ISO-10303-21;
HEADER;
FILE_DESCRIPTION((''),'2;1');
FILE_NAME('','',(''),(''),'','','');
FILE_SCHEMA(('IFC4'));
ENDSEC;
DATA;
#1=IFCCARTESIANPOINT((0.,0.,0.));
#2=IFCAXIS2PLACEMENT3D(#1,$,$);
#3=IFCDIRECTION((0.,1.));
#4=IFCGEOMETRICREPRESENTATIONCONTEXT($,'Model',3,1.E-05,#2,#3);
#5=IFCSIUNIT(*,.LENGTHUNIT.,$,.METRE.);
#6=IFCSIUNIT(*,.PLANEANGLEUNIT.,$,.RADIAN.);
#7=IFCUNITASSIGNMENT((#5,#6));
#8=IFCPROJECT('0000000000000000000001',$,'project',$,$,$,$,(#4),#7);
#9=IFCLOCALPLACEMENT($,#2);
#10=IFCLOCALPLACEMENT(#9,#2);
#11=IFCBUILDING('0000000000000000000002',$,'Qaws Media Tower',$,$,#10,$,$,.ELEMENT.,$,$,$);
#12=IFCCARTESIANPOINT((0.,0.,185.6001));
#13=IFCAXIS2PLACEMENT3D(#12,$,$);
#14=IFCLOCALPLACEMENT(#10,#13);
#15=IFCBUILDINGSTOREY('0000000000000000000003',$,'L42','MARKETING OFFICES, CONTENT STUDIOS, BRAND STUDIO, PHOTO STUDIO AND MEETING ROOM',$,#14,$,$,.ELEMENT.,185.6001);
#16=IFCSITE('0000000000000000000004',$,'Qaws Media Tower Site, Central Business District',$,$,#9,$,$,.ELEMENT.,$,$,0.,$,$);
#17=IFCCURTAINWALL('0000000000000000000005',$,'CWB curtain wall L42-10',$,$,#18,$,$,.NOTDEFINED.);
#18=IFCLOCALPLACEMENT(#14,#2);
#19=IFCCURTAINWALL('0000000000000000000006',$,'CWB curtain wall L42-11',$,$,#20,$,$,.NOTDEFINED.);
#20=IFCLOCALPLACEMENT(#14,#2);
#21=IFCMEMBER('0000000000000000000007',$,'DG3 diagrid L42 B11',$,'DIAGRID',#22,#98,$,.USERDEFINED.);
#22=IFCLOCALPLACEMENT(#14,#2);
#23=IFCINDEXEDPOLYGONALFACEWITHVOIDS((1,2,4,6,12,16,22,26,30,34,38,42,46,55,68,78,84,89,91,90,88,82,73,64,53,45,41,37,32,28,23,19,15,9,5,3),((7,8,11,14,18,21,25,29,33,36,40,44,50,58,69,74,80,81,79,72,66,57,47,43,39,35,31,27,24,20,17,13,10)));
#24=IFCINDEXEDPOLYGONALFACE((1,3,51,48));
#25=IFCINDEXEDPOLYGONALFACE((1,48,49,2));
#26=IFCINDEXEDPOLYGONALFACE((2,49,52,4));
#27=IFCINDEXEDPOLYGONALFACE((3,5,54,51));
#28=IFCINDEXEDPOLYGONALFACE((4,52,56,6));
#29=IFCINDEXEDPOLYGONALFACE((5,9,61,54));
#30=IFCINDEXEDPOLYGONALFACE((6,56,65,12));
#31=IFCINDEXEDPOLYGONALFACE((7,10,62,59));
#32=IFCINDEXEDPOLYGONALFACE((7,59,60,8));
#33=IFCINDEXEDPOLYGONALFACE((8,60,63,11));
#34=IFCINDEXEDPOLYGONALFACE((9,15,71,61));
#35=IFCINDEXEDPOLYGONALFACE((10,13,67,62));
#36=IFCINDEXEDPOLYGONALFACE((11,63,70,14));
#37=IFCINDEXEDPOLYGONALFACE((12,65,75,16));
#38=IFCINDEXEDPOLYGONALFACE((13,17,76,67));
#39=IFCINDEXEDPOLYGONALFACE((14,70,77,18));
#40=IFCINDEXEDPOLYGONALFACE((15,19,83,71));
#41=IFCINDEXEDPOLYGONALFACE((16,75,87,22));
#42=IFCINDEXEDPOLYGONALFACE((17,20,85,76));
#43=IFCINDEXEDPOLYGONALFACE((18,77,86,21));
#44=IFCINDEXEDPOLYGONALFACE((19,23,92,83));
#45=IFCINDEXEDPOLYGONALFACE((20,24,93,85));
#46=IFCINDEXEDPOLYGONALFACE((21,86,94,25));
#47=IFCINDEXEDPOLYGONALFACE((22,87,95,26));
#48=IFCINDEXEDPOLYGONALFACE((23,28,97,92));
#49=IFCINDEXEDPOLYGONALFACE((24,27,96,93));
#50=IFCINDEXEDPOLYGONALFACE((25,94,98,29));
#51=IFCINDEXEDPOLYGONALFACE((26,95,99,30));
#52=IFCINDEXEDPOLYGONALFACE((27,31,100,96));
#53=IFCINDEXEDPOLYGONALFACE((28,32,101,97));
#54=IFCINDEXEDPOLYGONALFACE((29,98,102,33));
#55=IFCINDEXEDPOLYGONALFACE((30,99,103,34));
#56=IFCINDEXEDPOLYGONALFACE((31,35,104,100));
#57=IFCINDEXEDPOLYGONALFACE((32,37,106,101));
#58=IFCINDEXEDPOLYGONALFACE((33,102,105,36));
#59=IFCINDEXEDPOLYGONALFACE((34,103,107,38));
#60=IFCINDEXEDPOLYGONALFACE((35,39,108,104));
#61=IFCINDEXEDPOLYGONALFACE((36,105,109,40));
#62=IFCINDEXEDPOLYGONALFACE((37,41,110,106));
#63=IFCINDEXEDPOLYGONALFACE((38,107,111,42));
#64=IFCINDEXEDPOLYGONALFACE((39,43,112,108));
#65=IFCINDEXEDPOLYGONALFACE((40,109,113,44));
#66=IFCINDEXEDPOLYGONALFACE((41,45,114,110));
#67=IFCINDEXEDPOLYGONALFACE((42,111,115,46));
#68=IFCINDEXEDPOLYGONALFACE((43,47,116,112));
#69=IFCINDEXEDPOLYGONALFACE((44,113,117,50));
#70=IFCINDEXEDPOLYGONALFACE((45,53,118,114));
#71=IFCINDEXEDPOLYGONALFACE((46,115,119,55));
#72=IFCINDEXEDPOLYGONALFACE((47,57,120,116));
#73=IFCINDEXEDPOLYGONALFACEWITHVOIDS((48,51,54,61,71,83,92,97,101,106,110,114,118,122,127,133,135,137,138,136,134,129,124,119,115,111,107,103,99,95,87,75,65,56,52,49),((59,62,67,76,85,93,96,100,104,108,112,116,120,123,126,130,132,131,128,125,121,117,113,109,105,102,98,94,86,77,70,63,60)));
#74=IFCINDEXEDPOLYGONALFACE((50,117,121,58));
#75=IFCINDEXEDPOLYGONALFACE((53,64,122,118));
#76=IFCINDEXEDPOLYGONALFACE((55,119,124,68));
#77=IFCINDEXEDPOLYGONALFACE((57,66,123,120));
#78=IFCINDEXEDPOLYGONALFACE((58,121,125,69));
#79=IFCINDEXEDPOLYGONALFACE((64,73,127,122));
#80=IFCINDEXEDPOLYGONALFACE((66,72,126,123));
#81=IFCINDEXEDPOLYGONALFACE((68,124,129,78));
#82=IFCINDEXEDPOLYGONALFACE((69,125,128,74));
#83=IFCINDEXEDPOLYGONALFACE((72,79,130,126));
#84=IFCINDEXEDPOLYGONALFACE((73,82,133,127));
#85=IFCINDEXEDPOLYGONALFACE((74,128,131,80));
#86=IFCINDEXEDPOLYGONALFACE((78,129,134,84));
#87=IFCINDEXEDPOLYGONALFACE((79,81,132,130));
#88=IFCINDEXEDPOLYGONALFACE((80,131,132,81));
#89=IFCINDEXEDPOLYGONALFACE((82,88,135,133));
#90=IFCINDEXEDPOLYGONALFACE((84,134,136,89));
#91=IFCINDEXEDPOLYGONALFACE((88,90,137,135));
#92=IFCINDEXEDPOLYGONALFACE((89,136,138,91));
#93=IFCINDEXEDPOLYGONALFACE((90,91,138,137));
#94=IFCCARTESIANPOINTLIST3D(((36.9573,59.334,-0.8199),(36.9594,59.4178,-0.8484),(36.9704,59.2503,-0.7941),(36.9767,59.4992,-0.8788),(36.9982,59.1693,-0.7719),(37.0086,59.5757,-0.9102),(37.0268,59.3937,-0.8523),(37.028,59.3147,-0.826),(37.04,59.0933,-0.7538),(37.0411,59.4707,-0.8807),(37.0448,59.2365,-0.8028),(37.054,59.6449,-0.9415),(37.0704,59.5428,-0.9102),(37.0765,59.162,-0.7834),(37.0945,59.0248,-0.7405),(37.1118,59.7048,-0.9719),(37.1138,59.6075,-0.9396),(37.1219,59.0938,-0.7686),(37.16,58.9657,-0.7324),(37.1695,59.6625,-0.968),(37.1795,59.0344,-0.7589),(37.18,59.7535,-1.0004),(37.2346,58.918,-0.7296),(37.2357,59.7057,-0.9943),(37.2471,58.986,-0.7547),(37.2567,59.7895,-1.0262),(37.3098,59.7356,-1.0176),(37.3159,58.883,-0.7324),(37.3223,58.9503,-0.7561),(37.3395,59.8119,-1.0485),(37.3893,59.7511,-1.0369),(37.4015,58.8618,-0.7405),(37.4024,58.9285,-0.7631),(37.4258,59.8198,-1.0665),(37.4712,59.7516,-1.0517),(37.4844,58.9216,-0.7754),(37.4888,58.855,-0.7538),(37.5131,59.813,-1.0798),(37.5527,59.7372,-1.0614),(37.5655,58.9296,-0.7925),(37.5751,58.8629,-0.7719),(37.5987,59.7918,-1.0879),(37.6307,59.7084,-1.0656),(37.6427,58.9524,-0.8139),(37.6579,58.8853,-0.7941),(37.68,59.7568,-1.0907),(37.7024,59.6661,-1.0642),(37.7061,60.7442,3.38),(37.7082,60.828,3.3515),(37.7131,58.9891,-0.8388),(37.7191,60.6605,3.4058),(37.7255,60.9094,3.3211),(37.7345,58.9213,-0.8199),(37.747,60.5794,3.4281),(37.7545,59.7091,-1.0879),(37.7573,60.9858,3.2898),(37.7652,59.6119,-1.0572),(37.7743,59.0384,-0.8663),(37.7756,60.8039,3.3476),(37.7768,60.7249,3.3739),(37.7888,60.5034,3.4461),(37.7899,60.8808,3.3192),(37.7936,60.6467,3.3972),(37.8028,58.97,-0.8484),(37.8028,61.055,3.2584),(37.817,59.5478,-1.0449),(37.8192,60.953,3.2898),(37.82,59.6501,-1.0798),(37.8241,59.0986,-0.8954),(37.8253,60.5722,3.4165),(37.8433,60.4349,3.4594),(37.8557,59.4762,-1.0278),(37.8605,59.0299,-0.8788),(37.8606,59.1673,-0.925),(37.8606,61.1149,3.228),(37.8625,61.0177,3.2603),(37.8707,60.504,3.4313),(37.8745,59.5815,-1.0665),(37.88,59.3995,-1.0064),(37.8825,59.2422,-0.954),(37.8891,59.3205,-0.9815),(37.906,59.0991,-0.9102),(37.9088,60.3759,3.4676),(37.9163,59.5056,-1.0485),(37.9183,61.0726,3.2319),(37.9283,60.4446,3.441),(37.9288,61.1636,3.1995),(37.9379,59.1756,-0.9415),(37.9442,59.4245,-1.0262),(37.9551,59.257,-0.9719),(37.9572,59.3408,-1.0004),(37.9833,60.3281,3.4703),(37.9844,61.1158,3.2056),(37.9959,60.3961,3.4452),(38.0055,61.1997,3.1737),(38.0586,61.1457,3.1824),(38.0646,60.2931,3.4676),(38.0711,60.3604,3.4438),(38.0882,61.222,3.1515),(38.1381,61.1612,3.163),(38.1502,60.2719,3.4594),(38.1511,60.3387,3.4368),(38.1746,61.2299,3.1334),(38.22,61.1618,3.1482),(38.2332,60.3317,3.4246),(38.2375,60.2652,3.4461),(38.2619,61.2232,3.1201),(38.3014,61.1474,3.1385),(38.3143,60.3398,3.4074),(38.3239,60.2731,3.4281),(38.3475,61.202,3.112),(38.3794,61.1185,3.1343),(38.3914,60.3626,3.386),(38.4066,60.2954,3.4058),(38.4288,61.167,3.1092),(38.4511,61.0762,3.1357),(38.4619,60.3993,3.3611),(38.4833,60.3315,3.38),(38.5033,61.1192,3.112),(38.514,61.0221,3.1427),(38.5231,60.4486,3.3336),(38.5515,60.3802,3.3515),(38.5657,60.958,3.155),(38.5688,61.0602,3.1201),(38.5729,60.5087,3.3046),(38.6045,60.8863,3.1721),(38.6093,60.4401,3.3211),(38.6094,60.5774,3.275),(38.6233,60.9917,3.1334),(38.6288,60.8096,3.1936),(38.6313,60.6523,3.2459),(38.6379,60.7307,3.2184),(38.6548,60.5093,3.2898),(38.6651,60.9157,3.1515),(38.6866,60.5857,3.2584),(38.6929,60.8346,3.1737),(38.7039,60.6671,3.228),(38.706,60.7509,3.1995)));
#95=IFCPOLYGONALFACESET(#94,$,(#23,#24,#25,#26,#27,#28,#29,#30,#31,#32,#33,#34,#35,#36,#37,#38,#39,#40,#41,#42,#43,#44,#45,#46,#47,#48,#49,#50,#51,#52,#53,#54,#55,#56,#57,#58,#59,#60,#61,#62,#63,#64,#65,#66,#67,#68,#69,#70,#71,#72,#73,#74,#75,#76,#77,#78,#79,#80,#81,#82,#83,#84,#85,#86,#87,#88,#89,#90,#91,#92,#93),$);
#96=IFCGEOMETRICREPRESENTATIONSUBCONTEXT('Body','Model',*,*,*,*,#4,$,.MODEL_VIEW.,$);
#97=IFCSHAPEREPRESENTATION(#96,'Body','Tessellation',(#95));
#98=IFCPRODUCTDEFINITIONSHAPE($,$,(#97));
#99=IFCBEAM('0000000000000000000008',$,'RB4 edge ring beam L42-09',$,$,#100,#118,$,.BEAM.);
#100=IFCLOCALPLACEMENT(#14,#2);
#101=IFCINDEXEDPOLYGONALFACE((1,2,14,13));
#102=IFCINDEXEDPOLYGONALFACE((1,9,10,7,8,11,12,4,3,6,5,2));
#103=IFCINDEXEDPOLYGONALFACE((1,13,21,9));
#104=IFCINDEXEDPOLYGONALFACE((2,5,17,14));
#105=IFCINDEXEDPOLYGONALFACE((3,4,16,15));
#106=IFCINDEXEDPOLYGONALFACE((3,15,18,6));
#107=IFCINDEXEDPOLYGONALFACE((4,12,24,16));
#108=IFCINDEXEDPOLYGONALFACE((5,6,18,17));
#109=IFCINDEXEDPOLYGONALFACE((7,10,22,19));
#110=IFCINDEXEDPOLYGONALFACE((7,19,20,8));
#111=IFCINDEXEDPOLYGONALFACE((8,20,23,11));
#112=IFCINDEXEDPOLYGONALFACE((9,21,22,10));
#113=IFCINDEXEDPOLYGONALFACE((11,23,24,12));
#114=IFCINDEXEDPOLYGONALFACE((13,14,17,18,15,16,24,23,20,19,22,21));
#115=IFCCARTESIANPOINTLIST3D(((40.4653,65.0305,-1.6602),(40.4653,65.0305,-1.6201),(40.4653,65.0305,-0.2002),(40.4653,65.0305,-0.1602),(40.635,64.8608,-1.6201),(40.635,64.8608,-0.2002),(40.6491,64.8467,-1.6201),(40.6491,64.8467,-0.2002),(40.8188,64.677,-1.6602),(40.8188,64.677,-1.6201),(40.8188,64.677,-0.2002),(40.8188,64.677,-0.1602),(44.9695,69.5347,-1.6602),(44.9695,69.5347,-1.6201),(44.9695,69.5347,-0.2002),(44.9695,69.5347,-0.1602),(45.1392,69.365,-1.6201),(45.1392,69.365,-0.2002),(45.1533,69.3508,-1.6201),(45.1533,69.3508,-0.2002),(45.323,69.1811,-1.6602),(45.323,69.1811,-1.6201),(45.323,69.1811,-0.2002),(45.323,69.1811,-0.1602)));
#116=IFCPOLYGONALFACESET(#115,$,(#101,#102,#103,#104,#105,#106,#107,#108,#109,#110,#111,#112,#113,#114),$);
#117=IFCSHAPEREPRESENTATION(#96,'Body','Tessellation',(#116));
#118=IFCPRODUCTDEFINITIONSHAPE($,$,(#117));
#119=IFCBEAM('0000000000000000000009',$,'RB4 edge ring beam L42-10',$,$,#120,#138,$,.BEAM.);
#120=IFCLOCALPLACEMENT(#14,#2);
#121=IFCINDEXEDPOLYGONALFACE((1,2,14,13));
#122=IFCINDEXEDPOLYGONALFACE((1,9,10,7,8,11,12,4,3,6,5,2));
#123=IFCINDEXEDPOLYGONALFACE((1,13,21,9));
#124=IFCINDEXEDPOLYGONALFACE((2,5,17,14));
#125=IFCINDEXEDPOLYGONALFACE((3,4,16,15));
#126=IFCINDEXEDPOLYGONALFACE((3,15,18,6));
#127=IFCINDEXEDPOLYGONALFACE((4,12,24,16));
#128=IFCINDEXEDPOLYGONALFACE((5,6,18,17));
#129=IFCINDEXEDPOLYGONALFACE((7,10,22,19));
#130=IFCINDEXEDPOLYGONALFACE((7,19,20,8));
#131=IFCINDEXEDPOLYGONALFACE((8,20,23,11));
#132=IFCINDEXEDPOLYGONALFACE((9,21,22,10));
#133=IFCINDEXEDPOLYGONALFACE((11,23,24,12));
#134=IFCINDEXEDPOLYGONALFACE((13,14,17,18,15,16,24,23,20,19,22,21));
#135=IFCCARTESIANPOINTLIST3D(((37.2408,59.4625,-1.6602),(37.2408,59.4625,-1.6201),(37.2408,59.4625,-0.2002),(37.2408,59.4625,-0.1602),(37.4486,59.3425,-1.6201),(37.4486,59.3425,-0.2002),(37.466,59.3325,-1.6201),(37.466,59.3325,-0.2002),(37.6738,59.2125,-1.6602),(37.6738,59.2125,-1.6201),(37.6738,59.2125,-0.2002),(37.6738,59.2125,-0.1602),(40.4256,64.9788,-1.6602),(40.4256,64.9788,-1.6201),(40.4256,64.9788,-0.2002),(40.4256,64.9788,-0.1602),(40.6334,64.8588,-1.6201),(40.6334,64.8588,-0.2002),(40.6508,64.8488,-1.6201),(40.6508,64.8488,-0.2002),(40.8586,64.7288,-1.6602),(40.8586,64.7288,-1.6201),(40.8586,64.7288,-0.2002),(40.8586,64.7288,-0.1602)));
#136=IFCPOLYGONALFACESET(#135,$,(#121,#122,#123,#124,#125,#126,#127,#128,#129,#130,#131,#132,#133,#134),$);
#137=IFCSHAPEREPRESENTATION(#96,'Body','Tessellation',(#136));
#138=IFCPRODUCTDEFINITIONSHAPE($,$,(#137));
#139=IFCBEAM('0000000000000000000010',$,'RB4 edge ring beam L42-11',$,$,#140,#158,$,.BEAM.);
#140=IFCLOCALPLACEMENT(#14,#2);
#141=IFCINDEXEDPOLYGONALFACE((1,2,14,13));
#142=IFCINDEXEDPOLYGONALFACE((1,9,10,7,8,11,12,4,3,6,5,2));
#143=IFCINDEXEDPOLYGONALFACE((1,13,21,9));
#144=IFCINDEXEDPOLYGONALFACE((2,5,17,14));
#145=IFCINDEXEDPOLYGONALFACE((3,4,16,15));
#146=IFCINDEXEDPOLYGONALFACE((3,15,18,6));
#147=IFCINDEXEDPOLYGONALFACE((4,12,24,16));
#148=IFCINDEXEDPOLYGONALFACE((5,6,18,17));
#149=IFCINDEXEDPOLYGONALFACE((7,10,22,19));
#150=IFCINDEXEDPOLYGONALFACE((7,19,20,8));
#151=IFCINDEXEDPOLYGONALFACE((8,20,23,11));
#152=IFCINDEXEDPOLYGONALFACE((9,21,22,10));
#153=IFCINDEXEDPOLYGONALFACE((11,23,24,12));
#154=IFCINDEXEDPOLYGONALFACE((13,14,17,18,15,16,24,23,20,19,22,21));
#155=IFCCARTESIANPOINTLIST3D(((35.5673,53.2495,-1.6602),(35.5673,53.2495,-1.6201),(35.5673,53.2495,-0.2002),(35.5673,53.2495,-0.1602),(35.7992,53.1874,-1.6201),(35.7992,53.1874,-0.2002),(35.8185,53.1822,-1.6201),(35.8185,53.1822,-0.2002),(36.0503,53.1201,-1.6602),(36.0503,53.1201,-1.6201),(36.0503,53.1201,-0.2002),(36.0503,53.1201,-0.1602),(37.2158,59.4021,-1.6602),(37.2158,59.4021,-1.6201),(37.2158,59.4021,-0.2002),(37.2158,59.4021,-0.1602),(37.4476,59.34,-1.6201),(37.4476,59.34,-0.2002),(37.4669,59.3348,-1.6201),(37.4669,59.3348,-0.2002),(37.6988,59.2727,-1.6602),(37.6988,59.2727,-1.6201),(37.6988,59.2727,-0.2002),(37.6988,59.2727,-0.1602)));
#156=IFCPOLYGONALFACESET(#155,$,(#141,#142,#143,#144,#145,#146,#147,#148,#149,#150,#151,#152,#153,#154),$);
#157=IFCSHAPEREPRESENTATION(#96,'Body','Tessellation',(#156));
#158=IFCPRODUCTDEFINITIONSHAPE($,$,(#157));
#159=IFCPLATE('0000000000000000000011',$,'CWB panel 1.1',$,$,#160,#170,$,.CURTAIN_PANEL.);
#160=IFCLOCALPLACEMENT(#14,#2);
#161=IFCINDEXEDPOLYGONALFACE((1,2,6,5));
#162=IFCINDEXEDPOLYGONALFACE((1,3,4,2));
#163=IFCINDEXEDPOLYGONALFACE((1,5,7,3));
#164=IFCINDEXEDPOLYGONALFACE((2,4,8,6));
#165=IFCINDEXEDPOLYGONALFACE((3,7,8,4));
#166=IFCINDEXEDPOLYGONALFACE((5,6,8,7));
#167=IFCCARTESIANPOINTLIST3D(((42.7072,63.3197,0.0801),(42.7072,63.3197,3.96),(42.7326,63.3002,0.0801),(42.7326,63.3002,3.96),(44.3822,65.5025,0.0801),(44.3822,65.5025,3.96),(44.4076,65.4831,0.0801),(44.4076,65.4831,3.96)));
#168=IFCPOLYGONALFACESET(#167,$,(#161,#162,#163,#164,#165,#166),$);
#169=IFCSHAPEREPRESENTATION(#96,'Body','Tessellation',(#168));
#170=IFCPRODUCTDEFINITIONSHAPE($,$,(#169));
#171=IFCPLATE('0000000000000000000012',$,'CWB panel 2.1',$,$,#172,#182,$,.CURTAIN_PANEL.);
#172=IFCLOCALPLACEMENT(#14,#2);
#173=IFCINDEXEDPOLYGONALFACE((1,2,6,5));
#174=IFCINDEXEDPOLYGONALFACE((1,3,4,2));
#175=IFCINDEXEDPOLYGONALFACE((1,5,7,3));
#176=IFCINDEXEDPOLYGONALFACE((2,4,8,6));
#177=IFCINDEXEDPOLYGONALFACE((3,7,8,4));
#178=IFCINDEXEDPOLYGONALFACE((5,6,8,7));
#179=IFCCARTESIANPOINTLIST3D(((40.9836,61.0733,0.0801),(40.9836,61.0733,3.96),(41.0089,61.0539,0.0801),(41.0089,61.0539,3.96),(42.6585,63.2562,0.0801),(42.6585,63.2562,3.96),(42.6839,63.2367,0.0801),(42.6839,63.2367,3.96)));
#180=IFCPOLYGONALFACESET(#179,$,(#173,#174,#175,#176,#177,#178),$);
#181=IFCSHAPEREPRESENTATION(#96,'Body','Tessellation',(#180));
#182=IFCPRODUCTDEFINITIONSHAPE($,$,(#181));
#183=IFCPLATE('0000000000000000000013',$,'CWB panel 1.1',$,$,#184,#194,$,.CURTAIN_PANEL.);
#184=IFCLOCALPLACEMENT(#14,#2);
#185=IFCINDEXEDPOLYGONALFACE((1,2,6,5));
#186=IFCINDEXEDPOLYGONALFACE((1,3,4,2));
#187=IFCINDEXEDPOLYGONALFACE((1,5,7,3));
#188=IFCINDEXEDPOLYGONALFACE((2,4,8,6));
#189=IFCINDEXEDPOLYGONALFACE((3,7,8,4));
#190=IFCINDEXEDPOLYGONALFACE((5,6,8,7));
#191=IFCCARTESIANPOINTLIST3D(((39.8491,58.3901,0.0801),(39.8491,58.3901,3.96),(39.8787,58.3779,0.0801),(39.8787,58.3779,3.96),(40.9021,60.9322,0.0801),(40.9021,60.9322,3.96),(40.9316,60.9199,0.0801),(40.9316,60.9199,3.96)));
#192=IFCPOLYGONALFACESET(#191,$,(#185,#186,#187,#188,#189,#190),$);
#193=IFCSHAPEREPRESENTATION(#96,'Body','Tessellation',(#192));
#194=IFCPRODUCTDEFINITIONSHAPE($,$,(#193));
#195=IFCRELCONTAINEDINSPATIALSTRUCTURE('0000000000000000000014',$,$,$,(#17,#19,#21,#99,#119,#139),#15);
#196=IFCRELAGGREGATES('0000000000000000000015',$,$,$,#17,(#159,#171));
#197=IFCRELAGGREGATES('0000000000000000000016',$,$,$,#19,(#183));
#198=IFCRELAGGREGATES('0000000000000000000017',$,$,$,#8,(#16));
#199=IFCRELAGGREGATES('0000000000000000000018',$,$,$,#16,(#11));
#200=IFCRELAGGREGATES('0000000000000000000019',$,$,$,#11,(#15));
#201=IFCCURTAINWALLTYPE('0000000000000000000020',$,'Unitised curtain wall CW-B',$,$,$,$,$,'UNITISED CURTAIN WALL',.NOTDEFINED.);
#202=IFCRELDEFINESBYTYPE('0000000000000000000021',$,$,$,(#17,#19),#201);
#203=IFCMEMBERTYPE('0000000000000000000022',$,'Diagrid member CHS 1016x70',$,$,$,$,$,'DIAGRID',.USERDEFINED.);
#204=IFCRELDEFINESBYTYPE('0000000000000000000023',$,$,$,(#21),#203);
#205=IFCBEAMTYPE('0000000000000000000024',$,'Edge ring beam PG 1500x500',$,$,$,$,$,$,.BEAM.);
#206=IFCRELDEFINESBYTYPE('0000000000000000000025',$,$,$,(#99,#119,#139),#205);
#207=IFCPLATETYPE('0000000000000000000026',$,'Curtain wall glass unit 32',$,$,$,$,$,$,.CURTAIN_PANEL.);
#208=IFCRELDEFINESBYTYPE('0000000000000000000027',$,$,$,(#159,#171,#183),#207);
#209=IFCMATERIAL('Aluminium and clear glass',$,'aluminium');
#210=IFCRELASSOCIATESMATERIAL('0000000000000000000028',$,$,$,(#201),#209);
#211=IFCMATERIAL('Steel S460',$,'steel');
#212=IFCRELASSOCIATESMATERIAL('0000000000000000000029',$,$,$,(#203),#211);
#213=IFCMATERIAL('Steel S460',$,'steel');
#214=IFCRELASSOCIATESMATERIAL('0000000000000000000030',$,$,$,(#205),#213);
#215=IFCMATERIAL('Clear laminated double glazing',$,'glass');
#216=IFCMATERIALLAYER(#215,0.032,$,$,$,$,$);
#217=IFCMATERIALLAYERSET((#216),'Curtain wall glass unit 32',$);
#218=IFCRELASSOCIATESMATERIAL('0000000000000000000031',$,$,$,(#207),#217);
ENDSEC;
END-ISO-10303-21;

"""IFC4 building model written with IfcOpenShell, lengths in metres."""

from ifc_helpers import new_model, si_unit, direction, frame, origin, origin_2d, place, context, subcontext, project, spatial, rectangle, hollow_circle, i_section, extrude, material, layer, layer_set, material_profile, profile_set, type_object, element, aggregate, save


model = new_model("IFC4")

# Units and contexts
model_context = context("Model", 3, precision=1e-05, world=origin(), true_north=direction((0.0, 1.0)))
body_context = subcontext(model_context, "Body", "Model", "MODEL_VIEW")
ifc_project = project(units=[si_unit("LENGTHUNIT", "METRE"), si_unit("PLANEANGLEUNIT", "RADIAN")], contexts=[model_context])

# Site, building, storey
site_placement = place(None, origin())
site = spatial("IfcSite", under=ifc_project, at=site_placement, Name="Qaws Media Tower Site, Central Business District", CompositionType="ELEMENT", RefElevation=0.0)
building_placement = place(site_placement, origin())
building = spatial("IfcBuilding", under=site, at=building_placement, Name="Qaws Media Tower", CompositionType="ELEMENT")
storey_placement = place(building_placement, frame((0.0, 0.0, 185.6001)))
storey = spatial("IfcBuildingStorey", under=building, at=storey_placement, Name="L42", Description="MARKETING OFFICES, CONTENT STUDIOS, BRAND STUDIO, PHOTO STUDIO AND MEETING ROOM", CompositionType="ELEMENT", Elevation=185.6001)

# Shared definitions
ifc_material_1 = material(Name="Aluminium and clear glass", Category="aluminium")
curtain_wall_type = type_object("IfcCurtainWallType", Name="Unitised curtain wall CW-B", ElementType="UNITISED CURTAIN WALL", PredefinedType="NOTDEFINED", material=ifc_material_1)

# Curtain walls
curtain_wall_1_placement = place(storey_placement, origin())
curtain_wall_1 = element("IfcCurtainWall", 1, at=curtain_wall_1_placement, inside=storey, type_object=curtain_wall_type, Name="CWB curtain wall L42-10", PredefinedType="NOTDEFINED")
curtain_wall_2_placement = place(storey_placement, origin())
curtain_wall_2 = element("IfcCurtainWall", 2, at=curtain_wall_2_placement, inside=storey, type_object=curtain_wall_type, Name="CWB curtain wall L42-11", PredefinedType="NOTDEFINED")

# Member
ifc_material_2 = material(Name="Steel S460", Category="steel")
ifc_material_profile_1 = material_profile(ifc_material_2, hollow_circle(Radius=0.5081, WallThickness=0.0701, at=origin_2d()), Name="CHS 1016x70")
ifc_profile_set_1 = profile_set([ifc_material_profile_1], Name="Steel S460")
member_type_1 = type_object("IfcMemberType", Name="Diagrid member CHS 1016x70", ElementType="DIAGRID", PredefinedType="USERDEFINED", material=ifc_profile_set_1)
for number, where, z_axis, x_axis, name in (
    (3, (37.4573, 59.3374, -0.9102), (0.166647, 0.313843, 0.934736), (-0.883211, 0.468976, 0.0), "DG3 diagrid L42 B11"),
):
    element("IfcMember", number, at=place(storey_placement, frame(where, z_axis=z_axis, x_axis=x_axis)), inside=storey, type_object=member_type_1, Name=name, ObjectType="DIAGRID", PredefinedType="USERDEFINED", context=body_context, shape_type="SweptSolid", body=[
        extrude(hollow_circle(Radius=0.5081, WallThickness=0.0701, at=origin_2d()), origin(), (0.0, 0.0, 1.0), 4.4932),
    ])

# Beams
ifc_material_3 = material(Name="Steel S460", Category="steel")
ifc_material_profile_2 = material_profile(ifc_material_3, i_section(OverallWidth=0.5, OverallDepth=1.5, WebThickness=0.02, FlangeThickness=0.04, at=origin_2d()), Name="PG 1500x500")
ifc_profile_set_2 = profile_set([ifc_material_profile_2], Name="Steel S460")
beam_type = type_object("IfcBeamType", Name="Edge ring beam PG 1500x500", PredefinedType="BEAM", material=ifc_profile_set_2)
beam_placement = place(storey_placement, frame((45.1462, 69.3579, -0.9102), z_axis=(-0.707107, -0.707107, 0.0), x_axis=(0.707107, -0.707107, 0.0)))
element("IfcBeam", 4, at=beam_placement, inside=storey, type_object=beam_type, Name="RB4 edge ring beam L42-09", PredefinedType="BEAM", context=body_context, shape_type="SweptSolid", body=[
    extrude(i_section(OverallWidth=0.5, OverallDepth=1.5, WebThickness=0.02, FlangeThickness=0.04, at=origin_2d()), origin(), (0.0, 0.0, 1.0), 6.3699),
])
for number, where, z_axis, x_axis, name in (
    (5, (40.6421, 64.8538, -0.9102), (-0.499993, -0.866029, 0.0), (0.866029, -0.499993, 0.0), "RB4 edge ring beam L42-10"),
    (6, (37.4573, 59.3374, -0.9102), (-0.258798, -0.965931, 0.0), (0.965931, -0.258798, 0.0), "RB4 edge ring beam L42-11"),
):
    element("IfcBeam", number, at=place(storey_placement, frame(where, z_axis=z_axis, x_axis=x_axis)), inside=storey, type_object=beam_type, Name=name, PredefinedType="BEAM", context=body_context, shape_type="SweptSolid", body=[
        extrude(i_section(OverallWidth=0.5, OverallDepth=1.5, WebThickness=0.02, FlangeThickness=0.04, at=origin_2d()), origin(), (0.0, 0.0, 1.0), 6.3696),
    ])

# Plates
ifc_material_4 = material(Name="Clear laminated double glazing", Category="glass")
ifc_layer_1 = layer(ifc_material_4, 0.032)
ifc_layer_set_1 = layer_set([ifc_layer_1], Name="Curtain wall glass unit 32")
plate_type_1 = type_object("IfcPlateType", Name="Curtain wall glass unit 32", PredefinedType="CURTAIN_PANEL", material=ifc_layer_set_1)
plate_1_placement = place(storey_placement, frame((43.5574, 64.4014, 0.0801), z_axis=(0.0, 0.0, 1.0), x_axis=(-0.608761, -0.793353, 0.0)))
plate_1 = element("IfcPlate", 7, at=plate_1_placement, type_object=plate_type_1, Name="CWB panel 1.1", PredefinedType="CURTAIN_PANEL", context=body_context, shape_type="SweptSolid", body=[
    extrude(rectangle(XDim=2.7515, YDim=0.032, at=origin_2d()), origin(), (0.0, 0.0, 1.0), 3.8799),
])
plate_2_placement = place(storey_placement, frame((41.8337, 62.155, 0.0801), z_axis=(0.0, 0.0, 1.0), x_axis=(-0.608761, -0.793353, 0.0)))
plate_2 = element("IfcPlate", 8, at=plate_2_placement, type_object=plate_type_1, Name="CWB panel 2.1", PredefinedType="CURTAIN_PANEL", context=body_context, shape_type="SweptSolid", body=[
    extrude(rectangle(XDim=2.7515, YDim=0.032, at=origin_2d()), origin(), (0.0, 0.0, 1.0), 3.8799),
])
aggregate(curtain_wall_1, [plate_1, plate_2])
plate_3_placement = place(storey_placement, frame((40.3904, 59.655, 0.0801), z_axis=(0.0, 0.0, 1.0), x_axis=(-0.382683, -0.92388, 0.0)))
plate_3 = element("IfcPlate", 9, at=plate_3_placement, type_object=plate_type_1, Name="CWB panel 1.1", PredefinedType="CURTAIN_PANEL", context=body_context, shape_type="SweptSolid", body=[
    extrude(rectangle(XDim=2.7515, YDim=0.032, at=origin_2d()), origin(), (0.0, 0.0, 1.0), 3.8799),
])
aggregate(curtain_wall_2, [plate_3])

save(model, "model.ifc")
